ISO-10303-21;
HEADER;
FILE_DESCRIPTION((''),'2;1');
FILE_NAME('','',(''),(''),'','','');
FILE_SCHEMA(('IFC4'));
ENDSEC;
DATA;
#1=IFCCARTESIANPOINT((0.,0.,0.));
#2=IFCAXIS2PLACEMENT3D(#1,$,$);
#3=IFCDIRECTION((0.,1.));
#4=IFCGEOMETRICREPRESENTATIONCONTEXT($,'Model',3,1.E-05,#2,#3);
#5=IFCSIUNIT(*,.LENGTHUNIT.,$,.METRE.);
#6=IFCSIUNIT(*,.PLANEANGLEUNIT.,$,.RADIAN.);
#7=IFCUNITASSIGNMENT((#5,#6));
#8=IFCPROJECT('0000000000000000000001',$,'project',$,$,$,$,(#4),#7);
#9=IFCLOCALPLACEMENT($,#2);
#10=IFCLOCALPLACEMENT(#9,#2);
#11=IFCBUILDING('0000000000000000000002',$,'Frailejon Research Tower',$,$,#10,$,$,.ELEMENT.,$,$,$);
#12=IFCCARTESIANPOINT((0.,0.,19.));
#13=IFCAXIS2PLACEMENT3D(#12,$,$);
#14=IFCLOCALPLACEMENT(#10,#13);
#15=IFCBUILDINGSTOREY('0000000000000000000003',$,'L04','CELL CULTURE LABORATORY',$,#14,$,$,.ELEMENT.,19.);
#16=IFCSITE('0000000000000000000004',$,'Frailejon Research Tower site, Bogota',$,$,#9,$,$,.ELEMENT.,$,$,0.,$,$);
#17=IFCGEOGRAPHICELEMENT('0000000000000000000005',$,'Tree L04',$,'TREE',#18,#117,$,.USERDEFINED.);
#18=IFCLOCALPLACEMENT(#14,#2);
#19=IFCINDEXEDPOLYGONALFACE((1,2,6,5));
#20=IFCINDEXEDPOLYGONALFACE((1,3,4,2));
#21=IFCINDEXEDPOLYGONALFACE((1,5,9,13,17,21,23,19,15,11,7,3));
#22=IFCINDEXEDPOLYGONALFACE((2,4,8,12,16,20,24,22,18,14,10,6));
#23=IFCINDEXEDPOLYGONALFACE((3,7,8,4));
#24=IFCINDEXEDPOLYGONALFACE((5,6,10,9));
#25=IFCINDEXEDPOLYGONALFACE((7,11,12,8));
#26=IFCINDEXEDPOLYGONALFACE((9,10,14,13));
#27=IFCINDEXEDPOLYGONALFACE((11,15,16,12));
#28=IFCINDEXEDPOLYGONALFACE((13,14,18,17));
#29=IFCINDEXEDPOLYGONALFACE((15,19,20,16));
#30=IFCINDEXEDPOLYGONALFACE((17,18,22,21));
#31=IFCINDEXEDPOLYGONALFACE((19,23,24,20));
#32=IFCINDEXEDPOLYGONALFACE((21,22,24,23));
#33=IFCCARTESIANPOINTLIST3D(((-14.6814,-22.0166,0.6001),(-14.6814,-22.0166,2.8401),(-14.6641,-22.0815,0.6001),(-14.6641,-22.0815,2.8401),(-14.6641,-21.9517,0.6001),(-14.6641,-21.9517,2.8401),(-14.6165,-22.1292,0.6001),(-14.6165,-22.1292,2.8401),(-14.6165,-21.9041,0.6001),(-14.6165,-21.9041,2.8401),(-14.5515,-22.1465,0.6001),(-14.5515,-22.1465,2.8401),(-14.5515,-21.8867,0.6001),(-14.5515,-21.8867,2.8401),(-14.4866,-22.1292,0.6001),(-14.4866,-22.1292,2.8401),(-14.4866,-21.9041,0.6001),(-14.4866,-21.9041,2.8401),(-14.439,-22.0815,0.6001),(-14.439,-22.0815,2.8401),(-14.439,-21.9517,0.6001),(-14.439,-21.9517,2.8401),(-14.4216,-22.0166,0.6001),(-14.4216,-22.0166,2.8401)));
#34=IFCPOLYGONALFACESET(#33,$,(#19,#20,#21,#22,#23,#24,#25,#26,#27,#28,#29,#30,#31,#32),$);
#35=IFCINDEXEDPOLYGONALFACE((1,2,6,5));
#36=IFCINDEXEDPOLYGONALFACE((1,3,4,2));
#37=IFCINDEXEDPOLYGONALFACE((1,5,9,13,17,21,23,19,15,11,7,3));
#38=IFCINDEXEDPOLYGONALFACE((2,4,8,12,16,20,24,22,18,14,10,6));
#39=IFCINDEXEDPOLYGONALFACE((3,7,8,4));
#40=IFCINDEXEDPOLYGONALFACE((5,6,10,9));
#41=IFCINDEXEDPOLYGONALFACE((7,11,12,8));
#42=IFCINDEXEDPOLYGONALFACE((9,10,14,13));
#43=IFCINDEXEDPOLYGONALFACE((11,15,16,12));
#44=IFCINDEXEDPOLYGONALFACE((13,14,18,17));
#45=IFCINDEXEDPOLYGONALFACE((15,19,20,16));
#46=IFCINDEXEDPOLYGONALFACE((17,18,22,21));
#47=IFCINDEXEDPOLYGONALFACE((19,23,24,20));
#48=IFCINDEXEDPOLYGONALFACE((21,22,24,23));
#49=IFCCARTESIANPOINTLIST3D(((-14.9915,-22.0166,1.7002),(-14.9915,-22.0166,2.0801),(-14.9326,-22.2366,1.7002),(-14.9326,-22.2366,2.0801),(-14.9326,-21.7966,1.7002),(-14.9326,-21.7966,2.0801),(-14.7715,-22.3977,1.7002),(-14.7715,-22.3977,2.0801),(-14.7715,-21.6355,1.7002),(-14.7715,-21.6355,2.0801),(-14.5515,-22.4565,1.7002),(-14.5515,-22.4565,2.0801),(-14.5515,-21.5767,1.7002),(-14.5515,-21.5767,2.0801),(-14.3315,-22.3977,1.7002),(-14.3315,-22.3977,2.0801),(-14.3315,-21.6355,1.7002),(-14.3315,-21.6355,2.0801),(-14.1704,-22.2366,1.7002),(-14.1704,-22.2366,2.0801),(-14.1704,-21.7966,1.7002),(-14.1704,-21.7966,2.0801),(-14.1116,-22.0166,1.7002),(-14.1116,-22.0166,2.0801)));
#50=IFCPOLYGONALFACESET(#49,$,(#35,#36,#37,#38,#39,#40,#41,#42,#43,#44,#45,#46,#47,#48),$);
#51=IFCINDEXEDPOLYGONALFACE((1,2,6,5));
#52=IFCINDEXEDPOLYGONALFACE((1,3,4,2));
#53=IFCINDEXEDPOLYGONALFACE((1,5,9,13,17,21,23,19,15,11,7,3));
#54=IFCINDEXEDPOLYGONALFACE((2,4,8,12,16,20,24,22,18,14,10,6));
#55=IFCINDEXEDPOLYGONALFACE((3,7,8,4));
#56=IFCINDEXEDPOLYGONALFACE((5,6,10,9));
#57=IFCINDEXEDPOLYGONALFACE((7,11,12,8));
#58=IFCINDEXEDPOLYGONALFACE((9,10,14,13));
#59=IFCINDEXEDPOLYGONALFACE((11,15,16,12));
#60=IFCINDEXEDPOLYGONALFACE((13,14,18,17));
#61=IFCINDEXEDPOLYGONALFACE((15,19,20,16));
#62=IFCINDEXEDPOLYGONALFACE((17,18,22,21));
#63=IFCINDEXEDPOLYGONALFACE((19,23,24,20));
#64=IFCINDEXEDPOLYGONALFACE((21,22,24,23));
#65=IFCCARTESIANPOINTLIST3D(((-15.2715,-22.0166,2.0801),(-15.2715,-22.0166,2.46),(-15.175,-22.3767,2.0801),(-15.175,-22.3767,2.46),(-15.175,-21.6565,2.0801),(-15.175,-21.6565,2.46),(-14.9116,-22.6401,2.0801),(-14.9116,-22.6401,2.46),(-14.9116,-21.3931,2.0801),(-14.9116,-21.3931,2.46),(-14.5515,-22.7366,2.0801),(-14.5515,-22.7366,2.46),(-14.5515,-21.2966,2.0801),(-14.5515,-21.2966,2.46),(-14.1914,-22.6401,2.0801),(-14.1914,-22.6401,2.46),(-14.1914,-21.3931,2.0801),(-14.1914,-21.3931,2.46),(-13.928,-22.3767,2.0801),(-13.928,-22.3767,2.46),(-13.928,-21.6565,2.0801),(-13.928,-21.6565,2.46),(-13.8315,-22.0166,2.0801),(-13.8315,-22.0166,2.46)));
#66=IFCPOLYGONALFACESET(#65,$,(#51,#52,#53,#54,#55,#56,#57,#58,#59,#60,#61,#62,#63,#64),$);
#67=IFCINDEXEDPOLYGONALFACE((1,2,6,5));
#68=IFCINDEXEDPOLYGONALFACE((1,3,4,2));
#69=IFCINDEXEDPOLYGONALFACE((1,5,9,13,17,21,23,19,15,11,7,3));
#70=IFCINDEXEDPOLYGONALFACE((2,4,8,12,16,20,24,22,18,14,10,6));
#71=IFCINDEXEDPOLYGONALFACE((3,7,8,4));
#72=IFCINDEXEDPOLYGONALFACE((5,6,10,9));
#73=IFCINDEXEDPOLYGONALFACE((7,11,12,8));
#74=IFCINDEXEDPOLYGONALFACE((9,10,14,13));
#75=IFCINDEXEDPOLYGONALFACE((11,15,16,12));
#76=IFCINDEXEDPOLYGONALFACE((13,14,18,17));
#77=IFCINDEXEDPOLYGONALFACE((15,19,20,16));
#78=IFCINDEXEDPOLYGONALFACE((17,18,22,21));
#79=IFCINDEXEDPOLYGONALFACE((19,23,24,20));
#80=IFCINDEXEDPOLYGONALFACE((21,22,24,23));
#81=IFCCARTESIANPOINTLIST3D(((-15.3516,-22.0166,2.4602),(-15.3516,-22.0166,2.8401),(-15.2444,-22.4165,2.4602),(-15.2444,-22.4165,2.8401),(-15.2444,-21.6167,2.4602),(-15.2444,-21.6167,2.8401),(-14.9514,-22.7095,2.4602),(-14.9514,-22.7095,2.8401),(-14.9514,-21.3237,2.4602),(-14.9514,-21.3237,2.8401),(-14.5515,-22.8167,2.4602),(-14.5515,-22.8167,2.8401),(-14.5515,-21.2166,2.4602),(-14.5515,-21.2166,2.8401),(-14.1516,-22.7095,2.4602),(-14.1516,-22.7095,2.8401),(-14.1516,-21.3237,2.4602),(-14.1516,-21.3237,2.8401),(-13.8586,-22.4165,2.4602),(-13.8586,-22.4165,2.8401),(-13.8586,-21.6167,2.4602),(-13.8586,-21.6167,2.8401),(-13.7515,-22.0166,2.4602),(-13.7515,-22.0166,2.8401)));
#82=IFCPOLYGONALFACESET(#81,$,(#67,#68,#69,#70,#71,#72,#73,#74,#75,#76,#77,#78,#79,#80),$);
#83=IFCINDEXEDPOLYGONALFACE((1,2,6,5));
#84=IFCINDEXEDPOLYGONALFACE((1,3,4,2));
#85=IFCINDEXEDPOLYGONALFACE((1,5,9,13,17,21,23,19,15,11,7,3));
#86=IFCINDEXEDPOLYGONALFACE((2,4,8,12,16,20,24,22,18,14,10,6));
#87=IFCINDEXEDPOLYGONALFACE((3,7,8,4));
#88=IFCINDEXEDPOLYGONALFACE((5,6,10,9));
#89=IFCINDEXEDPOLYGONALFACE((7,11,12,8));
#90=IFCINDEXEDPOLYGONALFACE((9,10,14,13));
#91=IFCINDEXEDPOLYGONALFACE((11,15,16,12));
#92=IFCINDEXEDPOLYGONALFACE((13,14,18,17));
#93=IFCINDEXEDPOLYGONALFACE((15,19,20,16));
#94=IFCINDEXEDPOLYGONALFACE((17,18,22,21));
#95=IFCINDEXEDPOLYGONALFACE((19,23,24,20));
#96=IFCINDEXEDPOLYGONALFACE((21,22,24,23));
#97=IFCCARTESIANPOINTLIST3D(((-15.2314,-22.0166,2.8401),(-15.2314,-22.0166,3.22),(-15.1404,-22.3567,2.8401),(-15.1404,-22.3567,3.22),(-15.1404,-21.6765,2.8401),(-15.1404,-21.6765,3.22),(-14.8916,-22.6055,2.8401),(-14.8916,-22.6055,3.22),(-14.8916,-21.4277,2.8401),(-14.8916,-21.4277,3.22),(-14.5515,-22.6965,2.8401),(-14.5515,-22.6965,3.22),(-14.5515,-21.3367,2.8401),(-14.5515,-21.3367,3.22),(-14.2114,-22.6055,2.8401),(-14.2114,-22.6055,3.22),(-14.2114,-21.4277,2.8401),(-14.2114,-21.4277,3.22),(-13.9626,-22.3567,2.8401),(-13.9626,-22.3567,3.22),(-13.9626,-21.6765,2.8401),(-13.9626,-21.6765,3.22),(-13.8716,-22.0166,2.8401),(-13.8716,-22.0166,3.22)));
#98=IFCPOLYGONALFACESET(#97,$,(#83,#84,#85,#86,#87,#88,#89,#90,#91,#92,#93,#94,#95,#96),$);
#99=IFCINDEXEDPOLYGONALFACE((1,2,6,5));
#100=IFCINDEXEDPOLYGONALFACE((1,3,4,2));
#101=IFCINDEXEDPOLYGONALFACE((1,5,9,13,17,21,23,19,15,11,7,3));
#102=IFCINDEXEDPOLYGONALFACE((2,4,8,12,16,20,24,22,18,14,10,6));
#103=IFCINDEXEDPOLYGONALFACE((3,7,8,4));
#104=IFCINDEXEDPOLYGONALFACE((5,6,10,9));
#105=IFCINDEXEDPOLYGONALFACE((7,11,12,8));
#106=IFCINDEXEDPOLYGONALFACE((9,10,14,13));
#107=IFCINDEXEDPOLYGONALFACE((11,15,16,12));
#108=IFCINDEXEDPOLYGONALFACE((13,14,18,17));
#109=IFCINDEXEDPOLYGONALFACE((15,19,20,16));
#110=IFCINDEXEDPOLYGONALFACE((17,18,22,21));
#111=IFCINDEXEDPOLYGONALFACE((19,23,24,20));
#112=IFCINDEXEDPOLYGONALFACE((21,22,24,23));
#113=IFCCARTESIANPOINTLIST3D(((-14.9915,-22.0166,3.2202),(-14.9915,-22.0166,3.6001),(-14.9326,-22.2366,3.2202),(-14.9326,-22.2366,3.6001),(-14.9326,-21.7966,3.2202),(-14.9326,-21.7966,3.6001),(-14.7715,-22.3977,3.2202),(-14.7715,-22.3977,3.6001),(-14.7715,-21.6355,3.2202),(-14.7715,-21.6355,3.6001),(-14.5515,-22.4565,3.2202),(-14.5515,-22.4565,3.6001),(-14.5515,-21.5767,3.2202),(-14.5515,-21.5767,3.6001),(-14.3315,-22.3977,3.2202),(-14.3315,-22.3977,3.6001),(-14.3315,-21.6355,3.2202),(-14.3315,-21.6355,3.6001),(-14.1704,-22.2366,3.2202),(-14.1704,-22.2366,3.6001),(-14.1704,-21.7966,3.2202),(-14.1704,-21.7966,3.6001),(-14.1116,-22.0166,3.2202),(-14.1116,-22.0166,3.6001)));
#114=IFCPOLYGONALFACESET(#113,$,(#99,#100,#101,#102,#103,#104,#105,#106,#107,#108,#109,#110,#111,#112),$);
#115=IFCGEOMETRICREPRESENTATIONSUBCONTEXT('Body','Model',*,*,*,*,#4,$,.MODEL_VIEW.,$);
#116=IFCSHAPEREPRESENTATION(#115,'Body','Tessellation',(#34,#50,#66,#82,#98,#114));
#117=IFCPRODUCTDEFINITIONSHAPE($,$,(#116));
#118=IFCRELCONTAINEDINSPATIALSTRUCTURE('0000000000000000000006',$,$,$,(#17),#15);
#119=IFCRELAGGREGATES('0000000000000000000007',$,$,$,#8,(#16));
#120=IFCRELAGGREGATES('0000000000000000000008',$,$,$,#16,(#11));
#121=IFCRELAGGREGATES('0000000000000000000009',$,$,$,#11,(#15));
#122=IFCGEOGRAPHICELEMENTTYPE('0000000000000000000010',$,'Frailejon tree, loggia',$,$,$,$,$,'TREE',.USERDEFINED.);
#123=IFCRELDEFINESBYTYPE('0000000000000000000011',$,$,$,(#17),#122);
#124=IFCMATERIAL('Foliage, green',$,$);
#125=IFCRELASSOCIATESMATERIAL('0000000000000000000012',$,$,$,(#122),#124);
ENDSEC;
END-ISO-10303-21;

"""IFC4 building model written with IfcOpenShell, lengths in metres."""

from ifc_helpers import new_model, si_unit, direction, frame, origin, place, context, subcontext, project, spatial, polyline, outline, extrude, material, type_object, element, save


model = new_model("IFC4")

# Units and contexts
model_context = context("Model", 3, precision=1e-05, world=origin(), true_north=direction((0.0, 1.0)))
body_context = subcontext(model_context, "Body", "Model", "MODEL_VIEW")
ifc_project = project(units=[si_unit("LENGTHUNIT", "METRE"), si_unit("PLANEANGLEUNIT", "RADIAN")], contexts=[model_context])

# Site, building, storey
site_placement = place(None, origin())
site = spatial("IfcSite", under=ifc_project, at=site_placement, Name="Frailejon Research Tower site, Bogota", CompositionType="ELEMENT", RefElevation=0.0)
building_placement = place(site_placement, origin())
building = spatial("IfcBuilding", under=site, at=building_placement, Name="Frailejon Research Tower", CompositionType="ELEMENT")
storey_placement = place(building_placement, frame((0.0, 0.0, 19.0)))
storey = spatial("IfcBuildingStorey", under=building, at=storey_placement, Name="L04", Description="CELL CULTURE LABORATORY", CompositionType="ELEMENT", Elevation=19.0)

# Geographic element
ifc_material_1 = material(Name="Foliage, green")
geographic_element_type = type_object("IfcGeographicElementType", Name="Frailejon tree, loggia", ElementType="TREE", PredefinedType="USERDEFINED", material=ifc_material_1)
geographic_element_placement = place(storey_placement, frame((-14.5515, -22.0166, 0.6001)))
element("IfcGeographicElement", 1, at=geographic_element_placement, inside=storey, type_object=geographic_element_type, Name="Tree L04", ObjectType="TREE", PredefinedType="USERDEFINED", context=body_context, shape_type="SweptSolid", body=[
    extrude(outline(polyline([(0.1299, 0.0), (0.1125, 0.0649), (0.0649, 0.1125), (0.0, 0.1299), (-0.0649, 0.1125), (-0.1125, 0.0649), (-0.1299, 0.0), (-0.1125, -0.0649), (-0.0649, -0.1125), (0.0, -0.1299), (0.0649, -0.1125), (0.1125, -0.0649), (0.1299, 0.0)])), origin(), (0.0, 0.0, 1.0), 2.24),
    extrude(outline(polyline([(0.4399, 0.0), (0.3811, 0.22), (0.22, 0.3811), (0.0, 0.4399), (-0.22, 0.3811), (-0.3811, 0.22), (-0.4399, 0.0), (-0.3811, -0.22), (-0.22, -0.3811), (0.0, -0.4399), (0.22, -0.3811), (0.3811, -0.22), (0.4399, 0.0)])), frame((0.0, 0.0, 1.1001)), (0.0, 0.0, 1.0), 0.3799),
    extrude(outline(polyline([(0.72, 0.0), (0.6235, 0.3601), (0.3601, 0.6235), (0.0, 0.72), (-0.3601, 0.6235), (-0.6235, 0.3601), (-0.72, 0.0), (-0.6235, -0.3601), (-0.3601, -0.6235), (0.0, -0.72), (0.3601, -0.6235), (0.6235, -0.3601), (0.72, 0.0)])), frame((0.0, 0.0, 1.48)), (0.0, 0.0, 1.0), 0.3799),
    extrude(outline(polyline([(0.8, 0.0), (0.6929, 0.3999), (0.3999, 0.6929), (0.0, 0.8), (-0.3999, 0.6929), (-0.6929, 0.3999), (-0.8, 0.0), (-0.6929, -0.3999), (-0.3999, -0.6929), (0.0, -0.8), (0.3999, -0.6929), (0.6929, -0.3999), (0.8, 0.0)])), frame((0.0, 0.0, 1.8601)), (0.0, 0.0, 1.0), 0.3799),
    extrude(outline(polyline([(0.6799, 0.0), (0.5889, 0.3401), (0.3401, 0.5889), (0.0, 0.6799), (-0.3401, 0.5889), (-0.5889, 0.3401), (-0.6799, 0.0), (-0.5889, -0.3401), (-0.3401, -0.5889), (0.0, -0.6799), (0.3401, -0.5889), (0.5889, -0.3401), (0.6799, 0.0)])), frame((0.0, 0.0, 2.24)), (0.0, 0.0, 1.0), 0.3799),
    extrude(outline(polyline([(0.4399, 0.0), (0.3811, 0.22), (0.22, 0.3811), (0.0, 0.4399), (-0.22, 0.3811), (-0.3811, 0.22), (-0.4399, 0.0), (-0.3811, -0.22), (-0.22, -0.3811), (0.0, -0.4399), (0.22, -0.3811), (0.3811, -0.22), (0.4399, 0.0)])), frame((0.0, 0.0, 2.6201)), (0.0, 0.0, 1.0), 0.3799),
])

save(model, "model.ifc")
